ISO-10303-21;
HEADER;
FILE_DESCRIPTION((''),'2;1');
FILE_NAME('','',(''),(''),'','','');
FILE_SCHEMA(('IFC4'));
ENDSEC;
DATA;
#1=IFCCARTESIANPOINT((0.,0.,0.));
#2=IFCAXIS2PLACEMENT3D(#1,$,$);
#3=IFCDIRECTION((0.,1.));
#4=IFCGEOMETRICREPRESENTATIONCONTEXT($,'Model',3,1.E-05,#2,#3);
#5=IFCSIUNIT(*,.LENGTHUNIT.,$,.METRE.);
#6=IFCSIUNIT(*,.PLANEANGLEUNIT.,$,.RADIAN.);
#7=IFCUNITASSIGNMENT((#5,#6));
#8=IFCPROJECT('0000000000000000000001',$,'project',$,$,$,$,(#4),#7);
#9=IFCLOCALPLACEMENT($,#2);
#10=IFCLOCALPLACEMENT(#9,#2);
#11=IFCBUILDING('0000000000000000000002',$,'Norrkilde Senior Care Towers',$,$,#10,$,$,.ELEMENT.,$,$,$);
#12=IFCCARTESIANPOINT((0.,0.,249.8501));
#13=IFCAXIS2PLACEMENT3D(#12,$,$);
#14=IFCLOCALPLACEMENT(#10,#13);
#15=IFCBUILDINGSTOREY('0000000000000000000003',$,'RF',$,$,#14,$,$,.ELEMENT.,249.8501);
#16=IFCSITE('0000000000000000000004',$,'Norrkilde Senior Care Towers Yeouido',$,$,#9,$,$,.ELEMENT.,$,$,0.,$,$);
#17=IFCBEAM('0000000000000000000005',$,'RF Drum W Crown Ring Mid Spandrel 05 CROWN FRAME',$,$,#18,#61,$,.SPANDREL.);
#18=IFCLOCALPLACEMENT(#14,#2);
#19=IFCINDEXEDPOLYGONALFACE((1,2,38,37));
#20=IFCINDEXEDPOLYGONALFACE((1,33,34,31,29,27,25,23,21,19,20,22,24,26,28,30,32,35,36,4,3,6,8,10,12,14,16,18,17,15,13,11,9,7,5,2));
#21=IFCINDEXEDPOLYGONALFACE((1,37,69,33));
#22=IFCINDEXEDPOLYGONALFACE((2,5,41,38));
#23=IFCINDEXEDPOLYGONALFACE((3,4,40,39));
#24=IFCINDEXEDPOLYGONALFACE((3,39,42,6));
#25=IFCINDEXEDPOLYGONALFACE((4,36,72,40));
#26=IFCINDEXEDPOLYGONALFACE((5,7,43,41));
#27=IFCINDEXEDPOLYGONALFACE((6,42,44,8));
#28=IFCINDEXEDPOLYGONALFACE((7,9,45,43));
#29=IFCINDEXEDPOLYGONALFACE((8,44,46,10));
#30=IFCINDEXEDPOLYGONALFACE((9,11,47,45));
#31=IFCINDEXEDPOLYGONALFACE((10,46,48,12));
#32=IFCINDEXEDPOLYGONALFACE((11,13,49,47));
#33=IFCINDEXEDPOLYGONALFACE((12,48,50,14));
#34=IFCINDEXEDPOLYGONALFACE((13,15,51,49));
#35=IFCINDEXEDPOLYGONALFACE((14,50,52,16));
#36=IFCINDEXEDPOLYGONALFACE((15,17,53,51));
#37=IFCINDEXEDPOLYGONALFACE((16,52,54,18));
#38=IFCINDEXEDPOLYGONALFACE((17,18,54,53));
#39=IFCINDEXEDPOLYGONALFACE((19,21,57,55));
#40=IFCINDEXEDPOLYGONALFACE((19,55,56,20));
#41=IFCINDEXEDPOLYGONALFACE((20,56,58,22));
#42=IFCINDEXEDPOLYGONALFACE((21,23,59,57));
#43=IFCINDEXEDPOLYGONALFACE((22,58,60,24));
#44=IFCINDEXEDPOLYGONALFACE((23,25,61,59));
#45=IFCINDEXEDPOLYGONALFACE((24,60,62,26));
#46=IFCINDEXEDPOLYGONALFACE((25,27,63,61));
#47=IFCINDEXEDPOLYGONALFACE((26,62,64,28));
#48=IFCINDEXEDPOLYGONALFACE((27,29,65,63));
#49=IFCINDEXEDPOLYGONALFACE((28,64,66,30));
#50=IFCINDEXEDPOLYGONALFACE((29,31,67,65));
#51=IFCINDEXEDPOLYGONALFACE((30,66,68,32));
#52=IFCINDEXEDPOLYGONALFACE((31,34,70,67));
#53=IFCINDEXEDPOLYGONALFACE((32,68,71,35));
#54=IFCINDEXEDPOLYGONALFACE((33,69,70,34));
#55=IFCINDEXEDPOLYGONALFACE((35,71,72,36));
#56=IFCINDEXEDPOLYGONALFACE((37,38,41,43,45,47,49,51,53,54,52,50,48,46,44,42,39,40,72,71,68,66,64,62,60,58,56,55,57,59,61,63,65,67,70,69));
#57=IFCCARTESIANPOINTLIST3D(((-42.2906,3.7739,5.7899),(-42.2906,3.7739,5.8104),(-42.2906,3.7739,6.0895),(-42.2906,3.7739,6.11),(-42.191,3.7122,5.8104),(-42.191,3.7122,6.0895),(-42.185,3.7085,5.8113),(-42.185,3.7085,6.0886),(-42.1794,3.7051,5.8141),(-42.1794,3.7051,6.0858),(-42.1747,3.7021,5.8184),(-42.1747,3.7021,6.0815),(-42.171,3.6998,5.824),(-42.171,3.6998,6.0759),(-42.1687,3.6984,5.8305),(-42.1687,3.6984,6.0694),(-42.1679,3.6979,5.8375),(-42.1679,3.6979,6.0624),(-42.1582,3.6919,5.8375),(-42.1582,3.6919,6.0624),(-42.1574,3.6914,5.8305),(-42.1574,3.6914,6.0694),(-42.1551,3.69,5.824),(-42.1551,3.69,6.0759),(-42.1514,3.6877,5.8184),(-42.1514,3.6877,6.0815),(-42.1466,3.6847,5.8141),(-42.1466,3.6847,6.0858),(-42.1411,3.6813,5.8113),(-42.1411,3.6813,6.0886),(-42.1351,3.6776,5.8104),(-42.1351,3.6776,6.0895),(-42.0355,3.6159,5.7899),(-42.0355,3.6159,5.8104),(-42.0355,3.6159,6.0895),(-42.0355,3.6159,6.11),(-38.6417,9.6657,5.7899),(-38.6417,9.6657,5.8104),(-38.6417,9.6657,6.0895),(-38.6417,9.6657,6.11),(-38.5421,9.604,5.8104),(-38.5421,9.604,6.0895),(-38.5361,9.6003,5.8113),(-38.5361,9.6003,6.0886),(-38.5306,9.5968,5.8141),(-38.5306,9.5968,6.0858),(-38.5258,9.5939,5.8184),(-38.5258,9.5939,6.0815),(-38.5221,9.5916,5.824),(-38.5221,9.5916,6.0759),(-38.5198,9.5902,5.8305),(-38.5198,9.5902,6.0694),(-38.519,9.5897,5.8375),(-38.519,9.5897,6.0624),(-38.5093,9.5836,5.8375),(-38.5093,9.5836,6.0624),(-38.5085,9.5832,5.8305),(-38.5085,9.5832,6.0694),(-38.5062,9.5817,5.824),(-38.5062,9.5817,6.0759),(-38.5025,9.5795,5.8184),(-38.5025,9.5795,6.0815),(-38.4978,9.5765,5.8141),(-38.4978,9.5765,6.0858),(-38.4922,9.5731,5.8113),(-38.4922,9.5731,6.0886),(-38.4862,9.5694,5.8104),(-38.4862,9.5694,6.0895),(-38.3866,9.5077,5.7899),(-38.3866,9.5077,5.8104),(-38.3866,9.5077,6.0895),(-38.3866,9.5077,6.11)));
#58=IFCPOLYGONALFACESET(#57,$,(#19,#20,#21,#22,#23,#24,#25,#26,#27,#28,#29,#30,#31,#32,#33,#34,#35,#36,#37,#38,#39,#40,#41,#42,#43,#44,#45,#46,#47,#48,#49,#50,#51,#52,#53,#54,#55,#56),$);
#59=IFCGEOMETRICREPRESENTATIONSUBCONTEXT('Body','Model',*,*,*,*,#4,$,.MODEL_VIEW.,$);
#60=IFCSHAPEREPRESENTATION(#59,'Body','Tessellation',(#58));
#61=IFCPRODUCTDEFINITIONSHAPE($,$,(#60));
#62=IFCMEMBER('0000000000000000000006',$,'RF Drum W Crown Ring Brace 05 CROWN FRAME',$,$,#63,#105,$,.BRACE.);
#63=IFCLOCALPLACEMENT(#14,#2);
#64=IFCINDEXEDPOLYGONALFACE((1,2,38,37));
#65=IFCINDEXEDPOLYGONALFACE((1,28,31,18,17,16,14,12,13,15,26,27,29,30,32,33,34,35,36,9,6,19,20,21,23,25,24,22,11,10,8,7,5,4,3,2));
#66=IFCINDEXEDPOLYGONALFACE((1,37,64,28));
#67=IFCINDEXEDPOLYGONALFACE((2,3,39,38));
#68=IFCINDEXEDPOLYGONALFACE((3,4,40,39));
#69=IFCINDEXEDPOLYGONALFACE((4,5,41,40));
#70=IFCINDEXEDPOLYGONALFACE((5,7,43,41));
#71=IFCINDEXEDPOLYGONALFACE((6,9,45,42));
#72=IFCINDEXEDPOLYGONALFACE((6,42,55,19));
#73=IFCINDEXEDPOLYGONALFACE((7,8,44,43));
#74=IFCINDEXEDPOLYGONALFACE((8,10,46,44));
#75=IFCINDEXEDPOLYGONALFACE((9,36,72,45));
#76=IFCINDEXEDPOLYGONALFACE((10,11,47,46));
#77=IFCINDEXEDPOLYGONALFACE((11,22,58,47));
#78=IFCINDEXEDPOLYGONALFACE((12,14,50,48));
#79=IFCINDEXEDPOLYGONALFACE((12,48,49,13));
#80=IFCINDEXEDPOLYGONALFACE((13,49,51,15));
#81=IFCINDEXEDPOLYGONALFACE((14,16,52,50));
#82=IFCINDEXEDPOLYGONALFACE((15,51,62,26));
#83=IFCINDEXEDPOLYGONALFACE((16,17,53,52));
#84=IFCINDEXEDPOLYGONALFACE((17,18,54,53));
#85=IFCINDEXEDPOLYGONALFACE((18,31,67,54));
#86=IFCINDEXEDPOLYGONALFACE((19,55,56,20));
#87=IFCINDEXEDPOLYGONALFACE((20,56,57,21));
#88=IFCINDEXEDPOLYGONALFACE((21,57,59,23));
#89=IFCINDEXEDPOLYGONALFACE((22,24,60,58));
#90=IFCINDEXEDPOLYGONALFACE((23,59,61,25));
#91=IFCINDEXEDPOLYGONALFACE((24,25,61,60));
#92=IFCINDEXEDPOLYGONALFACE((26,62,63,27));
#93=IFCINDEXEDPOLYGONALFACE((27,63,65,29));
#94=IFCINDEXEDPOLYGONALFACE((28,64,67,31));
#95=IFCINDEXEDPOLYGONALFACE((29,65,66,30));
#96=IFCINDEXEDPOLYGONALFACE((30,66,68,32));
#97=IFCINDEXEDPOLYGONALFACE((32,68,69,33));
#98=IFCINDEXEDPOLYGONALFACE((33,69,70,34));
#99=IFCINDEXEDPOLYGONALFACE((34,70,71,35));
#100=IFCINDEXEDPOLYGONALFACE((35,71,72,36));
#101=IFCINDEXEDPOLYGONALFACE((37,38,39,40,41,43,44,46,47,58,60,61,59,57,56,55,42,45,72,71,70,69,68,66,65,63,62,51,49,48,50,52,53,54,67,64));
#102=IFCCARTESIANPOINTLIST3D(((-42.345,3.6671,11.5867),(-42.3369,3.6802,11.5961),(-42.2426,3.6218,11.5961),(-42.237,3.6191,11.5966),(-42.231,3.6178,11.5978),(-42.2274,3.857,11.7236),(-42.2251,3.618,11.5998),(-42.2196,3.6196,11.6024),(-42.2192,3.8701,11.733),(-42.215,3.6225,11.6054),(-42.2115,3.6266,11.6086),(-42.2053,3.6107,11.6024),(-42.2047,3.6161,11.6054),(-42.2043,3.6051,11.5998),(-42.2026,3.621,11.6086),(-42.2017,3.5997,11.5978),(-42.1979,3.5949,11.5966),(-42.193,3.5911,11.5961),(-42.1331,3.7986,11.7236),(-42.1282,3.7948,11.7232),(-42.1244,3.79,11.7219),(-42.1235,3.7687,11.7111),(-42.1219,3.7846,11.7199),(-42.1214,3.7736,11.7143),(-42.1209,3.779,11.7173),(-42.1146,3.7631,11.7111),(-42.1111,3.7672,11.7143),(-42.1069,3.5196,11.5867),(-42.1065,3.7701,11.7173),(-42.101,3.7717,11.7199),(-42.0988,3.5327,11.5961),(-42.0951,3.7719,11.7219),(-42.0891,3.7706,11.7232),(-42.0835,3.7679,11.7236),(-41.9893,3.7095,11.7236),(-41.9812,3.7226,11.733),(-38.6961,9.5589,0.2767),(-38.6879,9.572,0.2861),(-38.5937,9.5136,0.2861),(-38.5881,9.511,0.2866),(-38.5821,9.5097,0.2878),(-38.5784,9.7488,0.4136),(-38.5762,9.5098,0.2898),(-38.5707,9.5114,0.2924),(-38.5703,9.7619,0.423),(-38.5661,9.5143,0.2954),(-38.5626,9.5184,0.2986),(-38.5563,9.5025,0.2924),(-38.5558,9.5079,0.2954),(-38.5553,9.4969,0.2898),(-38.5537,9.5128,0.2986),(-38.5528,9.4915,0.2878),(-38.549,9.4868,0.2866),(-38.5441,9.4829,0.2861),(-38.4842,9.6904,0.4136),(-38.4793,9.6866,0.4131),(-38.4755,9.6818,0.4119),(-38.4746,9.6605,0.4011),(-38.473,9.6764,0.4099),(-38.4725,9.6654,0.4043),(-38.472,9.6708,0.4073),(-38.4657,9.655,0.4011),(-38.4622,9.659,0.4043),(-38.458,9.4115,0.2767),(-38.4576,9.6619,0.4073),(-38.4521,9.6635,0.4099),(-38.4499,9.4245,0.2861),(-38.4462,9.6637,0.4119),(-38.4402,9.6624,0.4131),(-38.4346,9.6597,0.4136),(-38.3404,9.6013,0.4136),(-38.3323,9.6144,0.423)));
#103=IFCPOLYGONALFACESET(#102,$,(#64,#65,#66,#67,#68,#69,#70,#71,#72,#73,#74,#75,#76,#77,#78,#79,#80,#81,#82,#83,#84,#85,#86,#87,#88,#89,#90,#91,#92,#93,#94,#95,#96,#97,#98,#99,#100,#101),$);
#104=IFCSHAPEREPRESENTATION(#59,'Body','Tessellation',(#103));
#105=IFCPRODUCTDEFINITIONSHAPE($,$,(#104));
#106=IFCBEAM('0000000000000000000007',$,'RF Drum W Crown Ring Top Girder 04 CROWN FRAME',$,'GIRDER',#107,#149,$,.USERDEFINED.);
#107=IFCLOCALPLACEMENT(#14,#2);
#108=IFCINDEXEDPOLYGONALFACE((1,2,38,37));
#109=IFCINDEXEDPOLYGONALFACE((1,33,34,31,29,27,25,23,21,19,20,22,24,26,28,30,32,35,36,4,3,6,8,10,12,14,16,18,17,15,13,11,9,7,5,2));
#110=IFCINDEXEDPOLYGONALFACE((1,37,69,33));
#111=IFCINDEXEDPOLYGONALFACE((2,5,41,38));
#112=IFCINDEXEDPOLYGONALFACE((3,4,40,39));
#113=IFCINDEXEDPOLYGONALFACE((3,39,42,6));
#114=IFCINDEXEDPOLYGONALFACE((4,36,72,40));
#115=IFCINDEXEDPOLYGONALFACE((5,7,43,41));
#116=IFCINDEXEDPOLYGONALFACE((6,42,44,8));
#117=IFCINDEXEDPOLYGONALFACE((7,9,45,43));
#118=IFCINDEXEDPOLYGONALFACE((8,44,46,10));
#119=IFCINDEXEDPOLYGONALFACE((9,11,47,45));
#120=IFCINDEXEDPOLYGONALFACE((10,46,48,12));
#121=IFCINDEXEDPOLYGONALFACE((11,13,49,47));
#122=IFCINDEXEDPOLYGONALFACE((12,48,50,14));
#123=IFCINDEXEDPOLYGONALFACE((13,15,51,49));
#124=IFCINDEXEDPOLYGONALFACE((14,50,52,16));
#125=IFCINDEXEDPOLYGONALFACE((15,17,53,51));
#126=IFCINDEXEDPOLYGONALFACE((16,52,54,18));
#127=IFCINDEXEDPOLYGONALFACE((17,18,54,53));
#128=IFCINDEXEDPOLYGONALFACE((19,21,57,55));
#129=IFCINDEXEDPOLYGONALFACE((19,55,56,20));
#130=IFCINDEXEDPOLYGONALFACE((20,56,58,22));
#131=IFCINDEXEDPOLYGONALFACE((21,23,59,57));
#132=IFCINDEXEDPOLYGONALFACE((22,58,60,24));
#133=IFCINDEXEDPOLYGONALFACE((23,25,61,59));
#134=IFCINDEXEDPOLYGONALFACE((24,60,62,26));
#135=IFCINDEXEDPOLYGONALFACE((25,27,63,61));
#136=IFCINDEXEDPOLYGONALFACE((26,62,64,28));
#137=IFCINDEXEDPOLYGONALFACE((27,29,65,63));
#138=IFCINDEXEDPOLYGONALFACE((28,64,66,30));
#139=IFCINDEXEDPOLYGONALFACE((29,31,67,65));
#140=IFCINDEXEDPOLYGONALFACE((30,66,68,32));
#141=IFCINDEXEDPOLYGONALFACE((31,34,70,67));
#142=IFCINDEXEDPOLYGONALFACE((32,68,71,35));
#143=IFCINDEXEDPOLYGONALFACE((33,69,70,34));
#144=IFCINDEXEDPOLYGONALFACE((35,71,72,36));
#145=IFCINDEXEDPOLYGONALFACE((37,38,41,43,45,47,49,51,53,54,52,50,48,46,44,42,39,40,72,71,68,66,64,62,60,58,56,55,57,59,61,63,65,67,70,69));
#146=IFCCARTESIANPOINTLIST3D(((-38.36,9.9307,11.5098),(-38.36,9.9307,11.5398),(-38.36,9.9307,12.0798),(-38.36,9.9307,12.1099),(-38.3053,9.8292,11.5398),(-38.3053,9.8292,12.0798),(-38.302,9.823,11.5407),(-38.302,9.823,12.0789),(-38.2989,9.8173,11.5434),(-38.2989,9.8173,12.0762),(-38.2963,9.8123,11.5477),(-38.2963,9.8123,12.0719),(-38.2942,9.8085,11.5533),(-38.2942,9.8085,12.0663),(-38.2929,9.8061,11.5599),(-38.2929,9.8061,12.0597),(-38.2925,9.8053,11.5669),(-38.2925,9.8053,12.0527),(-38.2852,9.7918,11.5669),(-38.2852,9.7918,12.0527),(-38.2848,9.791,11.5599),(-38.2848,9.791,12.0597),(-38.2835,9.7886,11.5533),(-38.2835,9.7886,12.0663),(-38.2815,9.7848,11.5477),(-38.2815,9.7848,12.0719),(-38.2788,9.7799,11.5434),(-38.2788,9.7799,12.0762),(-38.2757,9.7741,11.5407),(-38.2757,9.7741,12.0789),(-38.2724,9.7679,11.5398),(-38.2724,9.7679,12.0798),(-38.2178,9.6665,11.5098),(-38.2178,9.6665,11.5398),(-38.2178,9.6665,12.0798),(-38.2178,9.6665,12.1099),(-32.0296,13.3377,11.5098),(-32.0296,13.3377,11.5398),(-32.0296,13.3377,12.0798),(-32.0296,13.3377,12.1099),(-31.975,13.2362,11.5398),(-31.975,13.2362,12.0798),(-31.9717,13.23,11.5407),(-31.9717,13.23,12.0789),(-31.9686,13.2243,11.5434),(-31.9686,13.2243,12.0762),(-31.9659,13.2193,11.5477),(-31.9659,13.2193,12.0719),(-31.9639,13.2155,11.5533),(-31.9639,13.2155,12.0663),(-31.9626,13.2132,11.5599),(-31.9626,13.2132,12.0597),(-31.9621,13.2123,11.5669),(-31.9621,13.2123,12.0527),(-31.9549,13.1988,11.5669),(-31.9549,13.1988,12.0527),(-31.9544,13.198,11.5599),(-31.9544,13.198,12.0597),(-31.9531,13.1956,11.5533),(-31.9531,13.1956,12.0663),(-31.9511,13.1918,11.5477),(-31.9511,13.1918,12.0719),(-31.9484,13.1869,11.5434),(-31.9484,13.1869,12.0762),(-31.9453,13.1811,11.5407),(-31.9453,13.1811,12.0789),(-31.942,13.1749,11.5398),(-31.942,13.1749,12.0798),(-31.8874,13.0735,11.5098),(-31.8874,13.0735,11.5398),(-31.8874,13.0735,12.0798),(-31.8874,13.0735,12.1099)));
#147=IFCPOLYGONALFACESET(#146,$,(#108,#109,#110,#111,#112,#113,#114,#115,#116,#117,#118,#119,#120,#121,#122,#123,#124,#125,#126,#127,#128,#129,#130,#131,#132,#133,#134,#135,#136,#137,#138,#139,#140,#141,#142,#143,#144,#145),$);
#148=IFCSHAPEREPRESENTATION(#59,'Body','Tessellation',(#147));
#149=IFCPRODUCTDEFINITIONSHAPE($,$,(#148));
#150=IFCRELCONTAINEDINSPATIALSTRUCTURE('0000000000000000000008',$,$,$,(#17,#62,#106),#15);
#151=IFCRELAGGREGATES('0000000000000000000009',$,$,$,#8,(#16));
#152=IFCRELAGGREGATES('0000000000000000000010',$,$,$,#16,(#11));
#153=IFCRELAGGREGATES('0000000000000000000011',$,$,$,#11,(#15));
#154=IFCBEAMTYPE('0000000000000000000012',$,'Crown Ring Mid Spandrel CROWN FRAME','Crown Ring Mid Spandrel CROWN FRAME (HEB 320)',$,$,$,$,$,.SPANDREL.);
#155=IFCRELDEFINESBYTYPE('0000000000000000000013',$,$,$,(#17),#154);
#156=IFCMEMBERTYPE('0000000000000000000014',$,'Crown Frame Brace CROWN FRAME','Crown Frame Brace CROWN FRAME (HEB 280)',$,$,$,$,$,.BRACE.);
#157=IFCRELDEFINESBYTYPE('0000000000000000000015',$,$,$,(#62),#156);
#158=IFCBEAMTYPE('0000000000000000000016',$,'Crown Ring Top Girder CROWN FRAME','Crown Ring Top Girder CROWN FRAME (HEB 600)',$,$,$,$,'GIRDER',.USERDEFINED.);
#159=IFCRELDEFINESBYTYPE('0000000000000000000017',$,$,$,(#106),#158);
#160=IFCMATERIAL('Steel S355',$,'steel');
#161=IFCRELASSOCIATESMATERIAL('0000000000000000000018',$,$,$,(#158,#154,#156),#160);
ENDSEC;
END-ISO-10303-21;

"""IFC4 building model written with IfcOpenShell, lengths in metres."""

from ifc_helpers import new_model, si_unit, direction, frame, origin, origin_2d, place, context, subcontext, project, spatial, i_section, extrude, source, transform, mapped, material, material_profile, profile_set, type_object, type_shapes, element, save


model = new_model("IFC4")

# Units and contexts
model_context = context("Model", 3, precision=1e-05, world=origin(), true_north=direction((0.0, 1.0)))
body_context = subcontext(model_context, "Body", "Model", "MODEL_VIEW")
ifc_project = project(units=[si_unit("LENGTHUNIT", "METRE"), si_unit("PLANEANGLEUNIT", "RADIAN")], contexts=[model_context])

# Site, building, storey
site_placement = place(None, origin())
site = spatial("IfcSite", under=ifc_project, at=site_placement, Name="Norrkilde Senior Care Towers Yeouido", CompositionType="ELEMENT", RefElevation=0.0)
building_placement = place(site_placement, origin())
building = spatial("IfcBuilding", under=site, at=building_placement, Name="Norrkilde Senior Care Towers", CompositionType="ELEMENT")
storey_placement = place(building_placement, frame((0.0, 0.0, 249.8501)))
storey = spatial("IfcBuildingStorey", under=building, at=storey_placement, Name="RF", CompositionType="ELEMENT", Elevation=249.8501)

# Shared definitions
ifc_material_1 = material(Name="Steel S355", Category="steel")

# Beam
ifc_material_profile_1 = material_profile(ifc_material_1, i_section(OverallWidth=0.3, OverallDepth=0.6001, WebThickness=0.0154, FlangeThickness=0.03, FilletRadius=0.0271, at=origin_2d()), Name="HEB 600")
ifc_profile_set_1 = profile_set([ifc_material_profile_1], Name="Steel S355")
beam_type_1 = type_object("IfcBeamType", Name="Crown Ring Top Girder CROWN FRAME", Description="Crown Ring Top Girder CROWN FRAME (HEB 600)", ElementType="GIRDER", PredefinedType="USERDEFINED", material=ifc_profile_set_1)
ifc_material_profile_2 = material_profile(ifc_material_1, i_section(OverallWidth=0.3, OverallDepth=0.3201, WebThickness=0.0115, FlangeThickness=0.0205, FilletRadius=0.0271, at=origin_2d()), Name="HEB 320")
ifc_profile_set_2 = profile_set([ifc_material_profile_2], Name="Steel S355")
beam_type_2 = type_object("IfcBeamType", Name="Crown Ring Mid Spandrel CROWN FRAME", Description="Crown Ring Mid Spandrel CROWN FRAME (HEB 320)", PredefinedType="SPANDREL", material=ifc_profile_set_2)
shared_shape_1 = source(origin(), body_context, "Body", "SweptSolid", [
    extrude(i_section(OverallWidth=0.3, OverallDepth=0.3201, WebThickness=0.0115, FlangeThickness=0.0205, FilletRadius=0.0271, at=origin_2d()), origin(), (0.0, 0.0, 1.0), 6.9302),
])
beam_1_placement = place(storey_placement, frame((-38.5142, 9.5867, 5.95), z_axis=(-0.526521, -0.850162, 0.0), x_axis=(0.850162, -0.526521, 0.0)))
element("IfcBeam", 1, at=beam_1_placement, inside=storey, type_object=beam_type_2, Name="RF Drum W Crown Ring Mid Spandrel 05 CROWN FRAME", PredefinedType="SPANDREL", context=body_context, shape_type="MappedRepresentation", body=[
    mapped(shared_shape_1, transform((0.0, 0.0, 0.0), x_axis=(1.0, 0.0, 0.0), y_axis=(0.0, 1.0, 0.0), z_axis=(0.0, 0.0, 1.0), scale=1.0)),
])

# Member
ifc_material_profile_3 = material_profile(ifc_material_1, i_section(OverallWidth=0.28, OverallDepth=0.28, WebThickness=0.0105, FlangeThickness=0.0181, FilletRadius=0.0239, at=origin_2d()), Name="HEB 280")
ifc_profile_set_3 = profile_set([ifc_material_profile_3], Name="Steel S355")
member_type_1 = type_object("IfcMemberType", Name="Crown Frame Brace CROWN FRAME", Description="Crown Frame Brace CROWN FRAME (HEB 280)", PredefinedType="BRACE", material=ifc_profile_set_3)
shared_shape_2 = source(origin(), body_context, "Body", "SweptSolid", [
    extrude(i_section(OverallWidth=0.28, OverallDepth=0.28, WebThickness=0.0105, FlangeThickness=0.0181, FilletRadius=0.0239, at=origin_2d()), origin(), (0.0, 0.0, 1.0), 13.2644),
])
type_shapes(member_type_1, [shared_shape_2])
member_1_placement = place(storey_placement, frame((-38.5142, 9.5867, 0.3499), z_axis=(-0.27509, -0.444183, 0.852659), x_axis=(0.850162, -0.526521, 0.0)))
element("IfcMember", 2, at=member_1_placement, inside=storey, type_object=member_type_1, Name="RF Drum W Crown Ring Brace 05 CROWN FRAME", PredefinedType="BRACE", context=body_context, shape_type="MappedRepresentation", body=[
    mapped(shared_shape_2, transform((0.0, 0.0, 0.0), x_axis=(1.0, 0.0, 0.0), y_axis=(0.0, 1.0, 0.0), z_axis=(0.0, 0.0, 1.0), scale=1.0)),
])

# Beam
shared_shape_3 = source(origin(), body_context, "Body", "SweptSolid", [
    extrude(i_section(OverallWidth=0.3, OverallDepth=0.6001, WebThickness=0.0154, FlangeThickness=0.03, FilletRadius=0.0271, at=origin_2d()), origin(), (0.0, 0.0, 1.0), 7.189),
])
beam_2_placement = place(storey_placement, frame((-31.9585, 13.2056, 11.8098), z_axis=(-0.880567, -0.473922, 0.0), x_axis=(0.473922, -0.880567, 0.0)))
element("IfcBeam", 3, at=beam_2_placement, inside=storey, type_object=beam_type_1, Name="RF Drum W Crown Ring Top Girder 04 CROWN FRAME", ObjectType="GIRDER", PredefinedType="USERDEFINED", context=body_context, shape_type="MappedRepresentation", body=[
    mapped(shared_shape_3, transform((0.0, 0.0, 0.0), x_axis=(1.0, 0.0, 0.0), y_axis=(0.0, 1.0, 0.0), z_axis=(0.0, 0.0, 1.0), scale=1.0)),
])

save(model, "model.ifc")
